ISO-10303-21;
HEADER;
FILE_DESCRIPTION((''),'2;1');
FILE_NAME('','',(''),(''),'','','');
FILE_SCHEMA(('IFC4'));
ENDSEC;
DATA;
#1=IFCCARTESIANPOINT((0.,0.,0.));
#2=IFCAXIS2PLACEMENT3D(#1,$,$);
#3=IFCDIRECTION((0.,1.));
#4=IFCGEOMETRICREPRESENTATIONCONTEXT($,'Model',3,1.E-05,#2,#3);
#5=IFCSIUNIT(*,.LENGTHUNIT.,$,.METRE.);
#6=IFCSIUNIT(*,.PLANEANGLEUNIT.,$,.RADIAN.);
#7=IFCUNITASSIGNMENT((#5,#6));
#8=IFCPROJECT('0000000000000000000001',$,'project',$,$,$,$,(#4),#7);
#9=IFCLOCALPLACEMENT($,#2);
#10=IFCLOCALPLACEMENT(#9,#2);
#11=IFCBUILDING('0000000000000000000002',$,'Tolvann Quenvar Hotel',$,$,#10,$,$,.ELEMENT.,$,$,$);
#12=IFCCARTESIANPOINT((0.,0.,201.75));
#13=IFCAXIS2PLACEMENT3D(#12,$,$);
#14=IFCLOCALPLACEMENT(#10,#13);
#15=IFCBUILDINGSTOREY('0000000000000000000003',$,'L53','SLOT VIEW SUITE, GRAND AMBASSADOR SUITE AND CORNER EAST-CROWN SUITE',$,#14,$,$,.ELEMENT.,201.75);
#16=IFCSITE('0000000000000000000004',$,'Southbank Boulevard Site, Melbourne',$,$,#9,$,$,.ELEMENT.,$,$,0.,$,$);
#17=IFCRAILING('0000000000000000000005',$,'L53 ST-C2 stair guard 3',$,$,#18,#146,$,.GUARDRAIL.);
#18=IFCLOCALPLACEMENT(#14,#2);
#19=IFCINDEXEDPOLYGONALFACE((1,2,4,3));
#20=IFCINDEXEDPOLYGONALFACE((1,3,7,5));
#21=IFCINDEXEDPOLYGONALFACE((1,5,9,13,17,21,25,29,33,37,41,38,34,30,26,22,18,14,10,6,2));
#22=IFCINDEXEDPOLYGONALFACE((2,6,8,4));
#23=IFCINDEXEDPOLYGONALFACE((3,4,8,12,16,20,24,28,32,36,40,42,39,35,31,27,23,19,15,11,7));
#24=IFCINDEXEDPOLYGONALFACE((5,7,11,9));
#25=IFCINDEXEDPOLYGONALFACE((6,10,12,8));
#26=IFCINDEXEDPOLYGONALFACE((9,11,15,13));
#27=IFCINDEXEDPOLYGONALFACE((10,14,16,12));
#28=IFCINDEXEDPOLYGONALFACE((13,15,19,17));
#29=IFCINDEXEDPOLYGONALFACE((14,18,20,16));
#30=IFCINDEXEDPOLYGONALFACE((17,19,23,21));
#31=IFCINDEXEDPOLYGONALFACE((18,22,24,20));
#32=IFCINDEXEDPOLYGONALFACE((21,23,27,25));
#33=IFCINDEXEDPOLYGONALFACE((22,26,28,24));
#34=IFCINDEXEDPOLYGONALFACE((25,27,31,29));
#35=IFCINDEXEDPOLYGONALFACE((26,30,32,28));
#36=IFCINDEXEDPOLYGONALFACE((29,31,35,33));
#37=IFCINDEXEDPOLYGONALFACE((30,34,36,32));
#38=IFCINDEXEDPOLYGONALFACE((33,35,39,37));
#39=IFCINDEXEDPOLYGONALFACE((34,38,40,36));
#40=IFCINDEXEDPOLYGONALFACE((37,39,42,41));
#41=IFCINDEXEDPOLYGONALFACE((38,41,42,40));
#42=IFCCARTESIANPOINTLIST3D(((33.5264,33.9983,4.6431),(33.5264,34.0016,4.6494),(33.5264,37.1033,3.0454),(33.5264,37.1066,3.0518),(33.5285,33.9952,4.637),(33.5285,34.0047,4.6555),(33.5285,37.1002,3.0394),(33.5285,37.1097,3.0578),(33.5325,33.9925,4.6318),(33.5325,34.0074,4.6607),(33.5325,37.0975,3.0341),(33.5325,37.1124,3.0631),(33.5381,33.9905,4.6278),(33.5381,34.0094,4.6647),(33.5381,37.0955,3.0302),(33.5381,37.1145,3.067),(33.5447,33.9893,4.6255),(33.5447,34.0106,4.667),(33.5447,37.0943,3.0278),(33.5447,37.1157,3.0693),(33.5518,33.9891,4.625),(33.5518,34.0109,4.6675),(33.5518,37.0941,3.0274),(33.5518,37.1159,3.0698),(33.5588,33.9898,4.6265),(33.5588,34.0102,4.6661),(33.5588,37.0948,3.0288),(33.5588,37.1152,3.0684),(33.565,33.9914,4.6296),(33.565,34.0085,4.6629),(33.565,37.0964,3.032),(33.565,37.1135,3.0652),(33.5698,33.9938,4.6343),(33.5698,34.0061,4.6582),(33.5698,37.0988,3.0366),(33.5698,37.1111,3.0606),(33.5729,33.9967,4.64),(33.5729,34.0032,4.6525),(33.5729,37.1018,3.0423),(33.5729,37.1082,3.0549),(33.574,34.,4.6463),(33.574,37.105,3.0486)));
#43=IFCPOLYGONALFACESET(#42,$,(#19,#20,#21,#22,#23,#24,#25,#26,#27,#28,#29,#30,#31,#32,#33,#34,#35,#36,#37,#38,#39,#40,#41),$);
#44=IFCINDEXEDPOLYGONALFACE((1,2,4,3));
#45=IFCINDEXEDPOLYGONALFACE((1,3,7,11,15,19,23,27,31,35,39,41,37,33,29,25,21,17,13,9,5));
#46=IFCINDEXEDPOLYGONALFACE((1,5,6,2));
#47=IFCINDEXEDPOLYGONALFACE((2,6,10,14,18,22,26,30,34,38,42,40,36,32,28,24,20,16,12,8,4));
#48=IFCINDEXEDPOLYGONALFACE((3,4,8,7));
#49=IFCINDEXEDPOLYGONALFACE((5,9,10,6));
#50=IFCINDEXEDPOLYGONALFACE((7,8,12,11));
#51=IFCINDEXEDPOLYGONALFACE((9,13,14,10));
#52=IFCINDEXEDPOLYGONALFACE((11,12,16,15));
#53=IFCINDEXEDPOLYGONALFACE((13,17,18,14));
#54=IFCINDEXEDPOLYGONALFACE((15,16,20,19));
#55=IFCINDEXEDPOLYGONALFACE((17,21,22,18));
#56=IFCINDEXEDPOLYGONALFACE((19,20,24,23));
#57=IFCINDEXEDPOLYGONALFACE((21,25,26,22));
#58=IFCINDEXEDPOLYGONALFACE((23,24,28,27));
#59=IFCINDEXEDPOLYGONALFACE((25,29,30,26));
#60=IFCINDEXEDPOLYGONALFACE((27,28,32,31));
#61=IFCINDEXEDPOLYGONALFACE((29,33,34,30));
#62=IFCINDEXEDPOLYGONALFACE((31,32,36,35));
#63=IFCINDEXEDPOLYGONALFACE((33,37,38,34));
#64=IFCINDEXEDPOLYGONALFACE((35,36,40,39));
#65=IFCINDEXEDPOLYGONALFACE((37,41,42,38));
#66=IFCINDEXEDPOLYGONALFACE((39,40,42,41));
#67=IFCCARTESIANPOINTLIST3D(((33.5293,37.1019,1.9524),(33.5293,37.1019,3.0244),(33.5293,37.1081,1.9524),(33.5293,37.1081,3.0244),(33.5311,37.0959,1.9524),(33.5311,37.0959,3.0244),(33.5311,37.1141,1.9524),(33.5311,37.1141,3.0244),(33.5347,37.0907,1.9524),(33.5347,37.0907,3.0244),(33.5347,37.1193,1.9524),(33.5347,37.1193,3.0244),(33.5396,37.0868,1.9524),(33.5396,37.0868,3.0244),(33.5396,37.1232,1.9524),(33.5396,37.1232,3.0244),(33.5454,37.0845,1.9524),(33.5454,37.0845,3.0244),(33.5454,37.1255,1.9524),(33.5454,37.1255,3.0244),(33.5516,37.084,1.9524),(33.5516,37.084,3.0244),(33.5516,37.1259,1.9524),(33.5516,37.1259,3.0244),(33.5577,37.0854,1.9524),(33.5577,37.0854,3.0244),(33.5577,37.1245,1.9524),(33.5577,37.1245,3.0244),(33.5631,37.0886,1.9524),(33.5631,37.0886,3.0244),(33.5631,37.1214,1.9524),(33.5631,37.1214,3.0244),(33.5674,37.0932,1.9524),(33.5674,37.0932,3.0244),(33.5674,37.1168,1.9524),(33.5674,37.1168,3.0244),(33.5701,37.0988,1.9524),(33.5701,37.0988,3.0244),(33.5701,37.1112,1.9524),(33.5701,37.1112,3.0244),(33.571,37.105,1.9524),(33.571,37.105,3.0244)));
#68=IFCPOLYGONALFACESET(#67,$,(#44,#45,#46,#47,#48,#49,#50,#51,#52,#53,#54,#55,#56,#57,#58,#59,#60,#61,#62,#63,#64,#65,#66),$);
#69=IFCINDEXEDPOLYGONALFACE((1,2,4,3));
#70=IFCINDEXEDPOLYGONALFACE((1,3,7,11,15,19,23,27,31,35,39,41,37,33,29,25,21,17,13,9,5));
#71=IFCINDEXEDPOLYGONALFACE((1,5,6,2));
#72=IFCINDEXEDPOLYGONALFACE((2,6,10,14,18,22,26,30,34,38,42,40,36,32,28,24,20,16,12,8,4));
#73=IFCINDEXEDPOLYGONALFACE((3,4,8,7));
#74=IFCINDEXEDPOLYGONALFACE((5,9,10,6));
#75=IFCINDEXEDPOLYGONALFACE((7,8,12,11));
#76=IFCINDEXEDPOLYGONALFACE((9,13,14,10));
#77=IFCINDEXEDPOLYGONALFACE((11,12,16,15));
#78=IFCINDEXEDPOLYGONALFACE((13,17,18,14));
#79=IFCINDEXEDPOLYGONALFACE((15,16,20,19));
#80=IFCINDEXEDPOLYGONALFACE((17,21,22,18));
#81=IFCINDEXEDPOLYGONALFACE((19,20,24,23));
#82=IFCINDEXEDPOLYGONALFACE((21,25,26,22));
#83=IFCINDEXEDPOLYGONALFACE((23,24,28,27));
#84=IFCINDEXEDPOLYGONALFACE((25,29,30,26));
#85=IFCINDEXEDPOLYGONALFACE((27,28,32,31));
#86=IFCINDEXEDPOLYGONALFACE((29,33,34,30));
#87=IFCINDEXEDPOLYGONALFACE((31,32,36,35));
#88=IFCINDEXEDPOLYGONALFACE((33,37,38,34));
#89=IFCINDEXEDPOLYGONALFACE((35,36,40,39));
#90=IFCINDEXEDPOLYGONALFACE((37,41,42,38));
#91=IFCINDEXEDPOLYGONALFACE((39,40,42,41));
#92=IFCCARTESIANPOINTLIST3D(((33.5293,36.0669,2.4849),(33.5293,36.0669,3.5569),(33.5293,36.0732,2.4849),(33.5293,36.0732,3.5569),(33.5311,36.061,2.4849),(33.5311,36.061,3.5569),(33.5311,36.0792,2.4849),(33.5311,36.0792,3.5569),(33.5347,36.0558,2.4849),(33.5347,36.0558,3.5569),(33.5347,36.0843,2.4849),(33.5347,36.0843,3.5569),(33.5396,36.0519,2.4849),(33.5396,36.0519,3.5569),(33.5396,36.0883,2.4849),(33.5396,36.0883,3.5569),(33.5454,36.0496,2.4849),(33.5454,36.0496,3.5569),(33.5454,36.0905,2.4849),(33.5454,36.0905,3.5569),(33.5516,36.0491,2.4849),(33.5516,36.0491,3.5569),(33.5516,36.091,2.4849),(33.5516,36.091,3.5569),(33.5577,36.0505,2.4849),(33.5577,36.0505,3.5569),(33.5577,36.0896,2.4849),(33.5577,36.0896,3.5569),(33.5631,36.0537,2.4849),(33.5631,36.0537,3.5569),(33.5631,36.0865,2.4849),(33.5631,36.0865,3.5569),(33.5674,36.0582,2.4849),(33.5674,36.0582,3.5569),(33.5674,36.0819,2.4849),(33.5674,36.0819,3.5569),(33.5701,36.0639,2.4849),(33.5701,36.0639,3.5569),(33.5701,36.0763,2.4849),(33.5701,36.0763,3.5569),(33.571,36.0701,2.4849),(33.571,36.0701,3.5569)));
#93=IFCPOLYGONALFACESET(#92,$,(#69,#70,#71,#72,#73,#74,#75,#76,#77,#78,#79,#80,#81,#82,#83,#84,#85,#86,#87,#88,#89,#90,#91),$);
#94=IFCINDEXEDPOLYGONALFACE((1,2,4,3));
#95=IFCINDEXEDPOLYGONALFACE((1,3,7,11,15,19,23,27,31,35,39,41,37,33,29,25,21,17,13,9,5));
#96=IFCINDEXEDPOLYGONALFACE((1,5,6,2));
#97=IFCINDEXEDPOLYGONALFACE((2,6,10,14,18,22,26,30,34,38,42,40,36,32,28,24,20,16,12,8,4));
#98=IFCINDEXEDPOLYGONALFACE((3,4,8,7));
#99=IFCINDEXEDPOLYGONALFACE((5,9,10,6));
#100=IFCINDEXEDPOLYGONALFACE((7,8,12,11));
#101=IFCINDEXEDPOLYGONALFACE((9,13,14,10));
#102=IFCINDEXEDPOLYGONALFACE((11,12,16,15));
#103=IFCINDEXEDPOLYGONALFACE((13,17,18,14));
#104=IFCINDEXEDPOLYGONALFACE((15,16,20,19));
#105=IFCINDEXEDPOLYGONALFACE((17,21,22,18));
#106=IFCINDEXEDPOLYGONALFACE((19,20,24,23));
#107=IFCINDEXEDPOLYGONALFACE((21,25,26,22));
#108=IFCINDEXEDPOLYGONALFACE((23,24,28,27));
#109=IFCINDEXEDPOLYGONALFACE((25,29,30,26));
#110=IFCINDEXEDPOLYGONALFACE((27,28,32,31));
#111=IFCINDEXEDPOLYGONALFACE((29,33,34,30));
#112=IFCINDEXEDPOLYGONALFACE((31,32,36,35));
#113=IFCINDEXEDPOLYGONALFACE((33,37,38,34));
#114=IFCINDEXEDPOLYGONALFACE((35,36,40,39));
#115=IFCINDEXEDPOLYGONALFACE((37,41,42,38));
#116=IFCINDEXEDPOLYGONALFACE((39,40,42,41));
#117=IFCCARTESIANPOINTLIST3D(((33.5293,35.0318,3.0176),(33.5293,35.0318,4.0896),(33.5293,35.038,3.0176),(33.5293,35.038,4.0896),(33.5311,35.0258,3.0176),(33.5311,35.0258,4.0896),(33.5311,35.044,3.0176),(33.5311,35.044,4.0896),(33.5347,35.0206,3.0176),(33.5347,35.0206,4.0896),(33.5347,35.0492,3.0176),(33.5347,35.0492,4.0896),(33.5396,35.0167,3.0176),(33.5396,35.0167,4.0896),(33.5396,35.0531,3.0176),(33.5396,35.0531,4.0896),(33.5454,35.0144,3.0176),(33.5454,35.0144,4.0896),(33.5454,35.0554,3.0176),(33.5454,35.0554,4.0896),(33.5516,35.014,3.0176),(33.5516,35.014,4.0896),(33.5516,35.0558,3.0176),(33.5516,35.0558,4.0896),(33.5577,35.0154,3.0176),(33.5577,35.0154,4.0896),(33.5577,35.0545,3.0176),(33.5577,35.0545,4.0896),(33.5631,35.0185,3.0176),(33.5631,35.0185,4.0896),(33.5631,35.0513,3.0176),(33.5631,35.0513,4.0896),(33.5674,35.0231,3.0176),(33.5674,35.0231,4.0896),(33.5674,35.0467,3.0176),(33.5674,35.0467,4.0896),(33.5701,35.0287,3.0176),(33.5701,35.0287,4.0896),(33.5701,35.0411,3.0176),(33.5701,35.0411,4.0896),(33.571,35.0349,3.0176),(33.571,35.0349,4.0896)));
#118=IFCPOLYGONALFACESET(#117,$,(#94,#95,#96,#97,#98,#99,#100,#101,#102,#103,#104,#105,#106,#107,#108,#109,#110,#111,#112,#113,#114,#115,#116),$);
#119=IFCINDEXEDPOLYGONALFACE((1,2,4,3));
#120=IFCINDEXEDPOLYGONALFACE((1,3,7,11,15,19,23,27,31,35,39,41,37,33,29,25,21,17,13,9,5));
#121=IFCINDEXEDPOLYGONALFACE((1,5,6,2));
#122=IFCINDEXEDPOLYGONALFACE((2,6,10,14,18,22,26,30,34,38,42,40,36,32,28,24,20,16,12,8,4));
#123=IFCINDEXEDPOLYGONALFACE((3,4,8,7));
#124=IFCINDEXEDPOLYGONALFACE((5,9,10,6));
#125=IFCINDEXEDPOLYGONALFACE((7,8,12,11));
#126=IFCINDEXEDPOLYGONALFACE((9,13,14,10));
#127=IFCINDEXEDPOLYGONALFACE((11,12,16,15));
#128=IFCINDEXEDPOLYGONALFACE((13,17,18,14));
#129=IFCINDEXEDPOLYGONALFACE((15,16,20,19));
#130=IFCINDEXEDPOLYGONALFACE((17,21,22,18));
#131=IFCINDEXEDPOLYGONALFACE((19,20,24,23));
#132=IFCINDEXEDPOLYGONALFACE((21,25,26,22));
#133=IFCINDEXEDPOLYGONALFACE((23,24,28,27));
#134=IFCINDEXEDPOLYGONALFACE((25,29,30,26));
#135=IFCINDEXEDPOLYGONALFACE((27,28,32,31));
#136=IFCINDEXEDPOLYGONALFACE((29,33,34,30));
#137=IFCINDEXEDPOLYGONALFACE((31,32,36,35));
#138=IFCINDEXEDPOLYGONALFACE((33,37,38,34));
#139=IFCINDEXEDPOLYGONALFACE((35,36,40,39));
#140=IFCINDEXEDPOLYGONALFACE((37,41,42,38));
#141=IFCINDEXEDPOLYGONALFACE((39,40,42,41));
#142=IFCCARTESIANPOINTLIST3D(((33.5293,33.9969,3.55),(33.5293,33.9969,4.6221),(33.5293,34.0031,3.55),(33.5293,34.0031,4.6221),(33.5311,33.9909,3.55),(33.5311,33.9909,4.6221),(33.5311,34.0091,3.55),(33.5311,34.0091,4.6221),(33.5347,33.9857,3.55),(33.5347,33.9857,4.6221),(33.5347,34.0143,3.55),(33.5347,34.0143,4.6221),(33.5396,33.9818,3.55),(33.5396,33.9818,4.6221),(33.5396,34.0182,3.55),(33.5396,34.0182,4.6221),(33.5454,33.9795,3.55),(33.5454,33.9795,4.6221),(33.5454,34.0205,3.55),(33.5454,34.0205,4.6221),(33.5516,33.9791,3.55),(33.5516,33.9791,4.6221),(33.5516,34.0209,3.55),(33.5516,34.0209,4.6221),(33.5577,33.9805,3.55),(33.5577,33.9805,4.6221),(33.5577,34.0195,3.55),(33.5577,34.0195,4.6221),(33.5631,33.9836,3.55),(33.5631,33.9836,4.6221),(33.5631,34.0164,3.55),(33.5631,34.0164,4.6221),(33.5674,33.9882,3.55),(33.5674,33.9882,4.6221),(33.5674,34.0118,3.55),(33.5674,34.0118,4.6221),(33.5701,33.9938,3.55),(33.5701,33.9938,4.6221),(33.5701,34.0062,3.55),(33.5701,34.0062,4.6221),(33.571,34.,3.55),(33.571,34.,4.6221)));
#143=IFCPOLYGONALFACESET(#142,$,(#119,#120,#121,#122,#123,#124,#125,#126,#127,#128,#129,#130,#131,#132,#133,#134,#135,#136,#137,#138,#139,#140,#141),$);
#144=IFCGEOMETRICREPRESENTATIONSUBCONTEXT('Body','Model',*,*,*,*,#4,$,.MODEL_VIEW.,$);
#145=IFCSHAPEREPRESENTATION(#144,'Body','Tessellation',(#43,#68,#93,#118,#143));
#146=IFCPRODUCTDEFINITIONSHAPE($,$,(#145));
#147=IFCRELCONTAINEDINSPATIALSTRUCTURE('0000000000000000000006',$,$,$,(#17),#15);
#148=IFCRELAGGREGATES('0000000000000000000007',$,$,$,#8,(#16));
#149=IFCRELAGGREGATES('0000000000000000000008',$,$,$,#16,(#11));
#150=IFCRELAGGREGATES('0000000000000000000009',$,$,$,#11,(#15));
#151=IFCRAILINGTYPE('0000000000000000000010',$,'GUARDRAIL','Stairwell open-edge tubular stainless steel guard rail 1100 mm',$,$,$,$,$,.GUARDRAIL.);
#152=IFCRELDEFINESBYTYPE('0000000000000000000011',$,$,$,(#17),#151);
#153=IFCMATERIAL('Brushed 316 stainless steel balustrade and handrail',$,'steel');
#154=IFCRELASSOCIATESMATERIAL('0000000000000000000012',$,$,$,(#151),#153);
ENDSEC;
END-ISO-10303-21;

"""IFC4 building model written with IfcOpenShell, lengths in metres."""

from ifc_helpers import new_model, si_unit, direction, frame, origin, origin_2d, place, context, subcontext, project, spatial, circle, extrude, material, type_object, element, save


model = new_model("IFC4")

# Units and contexts
model_context = context("Model", 3, precision=1e-05, world=origin(), true_north=direction((0.0, 1.0)))
body_context = subcontext(model_context, "Body", "Model", "MODEL_VIEW")
ifc_project = project(units=[si_unit("LENGTHUNIT", "METRE"), si_unit("PLANEANGLEUNIT", "RADIAN")], contexts=[model_context])

# Site, building, storey
site_placement = place(None, origin())
site = spatial("IfcSite", under=ifc_project, at=site_placement, Name="Southbank Boulevard Site, Melbourne", CompositionType="ELEMENT", RefElevation=0.0)
building_placement = place(site_placement, origin())
building = spatial("IfcBuilding", under=site, at=building_placement, Name="Tolvann Quenvar Hotel", CompositionType="ELEMENT")
storey_placement = place(building_placement, frame((0.0, 0.0, 201.75)))
storey = spatial("IfcBuildingStorey", under=building, at=storey_placement, Name="L53", Description="SLOT VIEW SUITE, GRAND AMBASSADOR SUITE AND CORNER EAST-CROWN SUITE", CompositionType="ELEMENT", Elevation=201.75)

# Railing
ifc_material_1 = material(Name="Brushed 316 stainless steel balustrade and handrail", Category="steel")
railing_type_1 = type_object("IfcRailingType", Name="GUARDRAIL", Description="Stairwell open-edge tubular stainless steel guard rail 1100 mm", PredefinedType="GUARDRAIL", material=ifc_material_1)
railing_1_placement = place(storey_placement, frame((33.55, 37.105, 1.9524)))
element("IfcRailing", 1, at=railing_1_placement, inside=storey, type_object=railing_type_1, Name="L53 ST-C2 stair guard 3", PredefinedType="GUARDRAIL", context=body_context, shape_type="SweptSolid", body=[
    extrude(circle(Radius=0.0239, at=origin_2d()), frame((0.0, 0.0, 1.0962), z_axis=(0.0, -0.889194, 0.457531), x_axis=(1.0, 0.0, 0.0)), (0.0, 0.0, 1.0), 3.4919),
    extrude(circle(Radius=0.021, at=origin_2d()), origin(), (0.0, 0.0, 1.0), 1.072),
    extrude(circle(Radius=0.021, at=origin_2d()), frame((0.0, -1.0349, 0.5325)), (0.0, 0.0, 1.0), 1.072),
    extrude(circle(Radius=0.021, at=origin_2d()), frame((0.0, -2.0701, 1.0652)), (0.0, 0.0, 1.0), 1.072),
    extrude(circle(Radius=0.021, at=origin_2d()), frame((0.0, -3.105, 1.5977)), (0.0, 0.0, 1.0), 1.072),
])

save(model, "model.ifc")
